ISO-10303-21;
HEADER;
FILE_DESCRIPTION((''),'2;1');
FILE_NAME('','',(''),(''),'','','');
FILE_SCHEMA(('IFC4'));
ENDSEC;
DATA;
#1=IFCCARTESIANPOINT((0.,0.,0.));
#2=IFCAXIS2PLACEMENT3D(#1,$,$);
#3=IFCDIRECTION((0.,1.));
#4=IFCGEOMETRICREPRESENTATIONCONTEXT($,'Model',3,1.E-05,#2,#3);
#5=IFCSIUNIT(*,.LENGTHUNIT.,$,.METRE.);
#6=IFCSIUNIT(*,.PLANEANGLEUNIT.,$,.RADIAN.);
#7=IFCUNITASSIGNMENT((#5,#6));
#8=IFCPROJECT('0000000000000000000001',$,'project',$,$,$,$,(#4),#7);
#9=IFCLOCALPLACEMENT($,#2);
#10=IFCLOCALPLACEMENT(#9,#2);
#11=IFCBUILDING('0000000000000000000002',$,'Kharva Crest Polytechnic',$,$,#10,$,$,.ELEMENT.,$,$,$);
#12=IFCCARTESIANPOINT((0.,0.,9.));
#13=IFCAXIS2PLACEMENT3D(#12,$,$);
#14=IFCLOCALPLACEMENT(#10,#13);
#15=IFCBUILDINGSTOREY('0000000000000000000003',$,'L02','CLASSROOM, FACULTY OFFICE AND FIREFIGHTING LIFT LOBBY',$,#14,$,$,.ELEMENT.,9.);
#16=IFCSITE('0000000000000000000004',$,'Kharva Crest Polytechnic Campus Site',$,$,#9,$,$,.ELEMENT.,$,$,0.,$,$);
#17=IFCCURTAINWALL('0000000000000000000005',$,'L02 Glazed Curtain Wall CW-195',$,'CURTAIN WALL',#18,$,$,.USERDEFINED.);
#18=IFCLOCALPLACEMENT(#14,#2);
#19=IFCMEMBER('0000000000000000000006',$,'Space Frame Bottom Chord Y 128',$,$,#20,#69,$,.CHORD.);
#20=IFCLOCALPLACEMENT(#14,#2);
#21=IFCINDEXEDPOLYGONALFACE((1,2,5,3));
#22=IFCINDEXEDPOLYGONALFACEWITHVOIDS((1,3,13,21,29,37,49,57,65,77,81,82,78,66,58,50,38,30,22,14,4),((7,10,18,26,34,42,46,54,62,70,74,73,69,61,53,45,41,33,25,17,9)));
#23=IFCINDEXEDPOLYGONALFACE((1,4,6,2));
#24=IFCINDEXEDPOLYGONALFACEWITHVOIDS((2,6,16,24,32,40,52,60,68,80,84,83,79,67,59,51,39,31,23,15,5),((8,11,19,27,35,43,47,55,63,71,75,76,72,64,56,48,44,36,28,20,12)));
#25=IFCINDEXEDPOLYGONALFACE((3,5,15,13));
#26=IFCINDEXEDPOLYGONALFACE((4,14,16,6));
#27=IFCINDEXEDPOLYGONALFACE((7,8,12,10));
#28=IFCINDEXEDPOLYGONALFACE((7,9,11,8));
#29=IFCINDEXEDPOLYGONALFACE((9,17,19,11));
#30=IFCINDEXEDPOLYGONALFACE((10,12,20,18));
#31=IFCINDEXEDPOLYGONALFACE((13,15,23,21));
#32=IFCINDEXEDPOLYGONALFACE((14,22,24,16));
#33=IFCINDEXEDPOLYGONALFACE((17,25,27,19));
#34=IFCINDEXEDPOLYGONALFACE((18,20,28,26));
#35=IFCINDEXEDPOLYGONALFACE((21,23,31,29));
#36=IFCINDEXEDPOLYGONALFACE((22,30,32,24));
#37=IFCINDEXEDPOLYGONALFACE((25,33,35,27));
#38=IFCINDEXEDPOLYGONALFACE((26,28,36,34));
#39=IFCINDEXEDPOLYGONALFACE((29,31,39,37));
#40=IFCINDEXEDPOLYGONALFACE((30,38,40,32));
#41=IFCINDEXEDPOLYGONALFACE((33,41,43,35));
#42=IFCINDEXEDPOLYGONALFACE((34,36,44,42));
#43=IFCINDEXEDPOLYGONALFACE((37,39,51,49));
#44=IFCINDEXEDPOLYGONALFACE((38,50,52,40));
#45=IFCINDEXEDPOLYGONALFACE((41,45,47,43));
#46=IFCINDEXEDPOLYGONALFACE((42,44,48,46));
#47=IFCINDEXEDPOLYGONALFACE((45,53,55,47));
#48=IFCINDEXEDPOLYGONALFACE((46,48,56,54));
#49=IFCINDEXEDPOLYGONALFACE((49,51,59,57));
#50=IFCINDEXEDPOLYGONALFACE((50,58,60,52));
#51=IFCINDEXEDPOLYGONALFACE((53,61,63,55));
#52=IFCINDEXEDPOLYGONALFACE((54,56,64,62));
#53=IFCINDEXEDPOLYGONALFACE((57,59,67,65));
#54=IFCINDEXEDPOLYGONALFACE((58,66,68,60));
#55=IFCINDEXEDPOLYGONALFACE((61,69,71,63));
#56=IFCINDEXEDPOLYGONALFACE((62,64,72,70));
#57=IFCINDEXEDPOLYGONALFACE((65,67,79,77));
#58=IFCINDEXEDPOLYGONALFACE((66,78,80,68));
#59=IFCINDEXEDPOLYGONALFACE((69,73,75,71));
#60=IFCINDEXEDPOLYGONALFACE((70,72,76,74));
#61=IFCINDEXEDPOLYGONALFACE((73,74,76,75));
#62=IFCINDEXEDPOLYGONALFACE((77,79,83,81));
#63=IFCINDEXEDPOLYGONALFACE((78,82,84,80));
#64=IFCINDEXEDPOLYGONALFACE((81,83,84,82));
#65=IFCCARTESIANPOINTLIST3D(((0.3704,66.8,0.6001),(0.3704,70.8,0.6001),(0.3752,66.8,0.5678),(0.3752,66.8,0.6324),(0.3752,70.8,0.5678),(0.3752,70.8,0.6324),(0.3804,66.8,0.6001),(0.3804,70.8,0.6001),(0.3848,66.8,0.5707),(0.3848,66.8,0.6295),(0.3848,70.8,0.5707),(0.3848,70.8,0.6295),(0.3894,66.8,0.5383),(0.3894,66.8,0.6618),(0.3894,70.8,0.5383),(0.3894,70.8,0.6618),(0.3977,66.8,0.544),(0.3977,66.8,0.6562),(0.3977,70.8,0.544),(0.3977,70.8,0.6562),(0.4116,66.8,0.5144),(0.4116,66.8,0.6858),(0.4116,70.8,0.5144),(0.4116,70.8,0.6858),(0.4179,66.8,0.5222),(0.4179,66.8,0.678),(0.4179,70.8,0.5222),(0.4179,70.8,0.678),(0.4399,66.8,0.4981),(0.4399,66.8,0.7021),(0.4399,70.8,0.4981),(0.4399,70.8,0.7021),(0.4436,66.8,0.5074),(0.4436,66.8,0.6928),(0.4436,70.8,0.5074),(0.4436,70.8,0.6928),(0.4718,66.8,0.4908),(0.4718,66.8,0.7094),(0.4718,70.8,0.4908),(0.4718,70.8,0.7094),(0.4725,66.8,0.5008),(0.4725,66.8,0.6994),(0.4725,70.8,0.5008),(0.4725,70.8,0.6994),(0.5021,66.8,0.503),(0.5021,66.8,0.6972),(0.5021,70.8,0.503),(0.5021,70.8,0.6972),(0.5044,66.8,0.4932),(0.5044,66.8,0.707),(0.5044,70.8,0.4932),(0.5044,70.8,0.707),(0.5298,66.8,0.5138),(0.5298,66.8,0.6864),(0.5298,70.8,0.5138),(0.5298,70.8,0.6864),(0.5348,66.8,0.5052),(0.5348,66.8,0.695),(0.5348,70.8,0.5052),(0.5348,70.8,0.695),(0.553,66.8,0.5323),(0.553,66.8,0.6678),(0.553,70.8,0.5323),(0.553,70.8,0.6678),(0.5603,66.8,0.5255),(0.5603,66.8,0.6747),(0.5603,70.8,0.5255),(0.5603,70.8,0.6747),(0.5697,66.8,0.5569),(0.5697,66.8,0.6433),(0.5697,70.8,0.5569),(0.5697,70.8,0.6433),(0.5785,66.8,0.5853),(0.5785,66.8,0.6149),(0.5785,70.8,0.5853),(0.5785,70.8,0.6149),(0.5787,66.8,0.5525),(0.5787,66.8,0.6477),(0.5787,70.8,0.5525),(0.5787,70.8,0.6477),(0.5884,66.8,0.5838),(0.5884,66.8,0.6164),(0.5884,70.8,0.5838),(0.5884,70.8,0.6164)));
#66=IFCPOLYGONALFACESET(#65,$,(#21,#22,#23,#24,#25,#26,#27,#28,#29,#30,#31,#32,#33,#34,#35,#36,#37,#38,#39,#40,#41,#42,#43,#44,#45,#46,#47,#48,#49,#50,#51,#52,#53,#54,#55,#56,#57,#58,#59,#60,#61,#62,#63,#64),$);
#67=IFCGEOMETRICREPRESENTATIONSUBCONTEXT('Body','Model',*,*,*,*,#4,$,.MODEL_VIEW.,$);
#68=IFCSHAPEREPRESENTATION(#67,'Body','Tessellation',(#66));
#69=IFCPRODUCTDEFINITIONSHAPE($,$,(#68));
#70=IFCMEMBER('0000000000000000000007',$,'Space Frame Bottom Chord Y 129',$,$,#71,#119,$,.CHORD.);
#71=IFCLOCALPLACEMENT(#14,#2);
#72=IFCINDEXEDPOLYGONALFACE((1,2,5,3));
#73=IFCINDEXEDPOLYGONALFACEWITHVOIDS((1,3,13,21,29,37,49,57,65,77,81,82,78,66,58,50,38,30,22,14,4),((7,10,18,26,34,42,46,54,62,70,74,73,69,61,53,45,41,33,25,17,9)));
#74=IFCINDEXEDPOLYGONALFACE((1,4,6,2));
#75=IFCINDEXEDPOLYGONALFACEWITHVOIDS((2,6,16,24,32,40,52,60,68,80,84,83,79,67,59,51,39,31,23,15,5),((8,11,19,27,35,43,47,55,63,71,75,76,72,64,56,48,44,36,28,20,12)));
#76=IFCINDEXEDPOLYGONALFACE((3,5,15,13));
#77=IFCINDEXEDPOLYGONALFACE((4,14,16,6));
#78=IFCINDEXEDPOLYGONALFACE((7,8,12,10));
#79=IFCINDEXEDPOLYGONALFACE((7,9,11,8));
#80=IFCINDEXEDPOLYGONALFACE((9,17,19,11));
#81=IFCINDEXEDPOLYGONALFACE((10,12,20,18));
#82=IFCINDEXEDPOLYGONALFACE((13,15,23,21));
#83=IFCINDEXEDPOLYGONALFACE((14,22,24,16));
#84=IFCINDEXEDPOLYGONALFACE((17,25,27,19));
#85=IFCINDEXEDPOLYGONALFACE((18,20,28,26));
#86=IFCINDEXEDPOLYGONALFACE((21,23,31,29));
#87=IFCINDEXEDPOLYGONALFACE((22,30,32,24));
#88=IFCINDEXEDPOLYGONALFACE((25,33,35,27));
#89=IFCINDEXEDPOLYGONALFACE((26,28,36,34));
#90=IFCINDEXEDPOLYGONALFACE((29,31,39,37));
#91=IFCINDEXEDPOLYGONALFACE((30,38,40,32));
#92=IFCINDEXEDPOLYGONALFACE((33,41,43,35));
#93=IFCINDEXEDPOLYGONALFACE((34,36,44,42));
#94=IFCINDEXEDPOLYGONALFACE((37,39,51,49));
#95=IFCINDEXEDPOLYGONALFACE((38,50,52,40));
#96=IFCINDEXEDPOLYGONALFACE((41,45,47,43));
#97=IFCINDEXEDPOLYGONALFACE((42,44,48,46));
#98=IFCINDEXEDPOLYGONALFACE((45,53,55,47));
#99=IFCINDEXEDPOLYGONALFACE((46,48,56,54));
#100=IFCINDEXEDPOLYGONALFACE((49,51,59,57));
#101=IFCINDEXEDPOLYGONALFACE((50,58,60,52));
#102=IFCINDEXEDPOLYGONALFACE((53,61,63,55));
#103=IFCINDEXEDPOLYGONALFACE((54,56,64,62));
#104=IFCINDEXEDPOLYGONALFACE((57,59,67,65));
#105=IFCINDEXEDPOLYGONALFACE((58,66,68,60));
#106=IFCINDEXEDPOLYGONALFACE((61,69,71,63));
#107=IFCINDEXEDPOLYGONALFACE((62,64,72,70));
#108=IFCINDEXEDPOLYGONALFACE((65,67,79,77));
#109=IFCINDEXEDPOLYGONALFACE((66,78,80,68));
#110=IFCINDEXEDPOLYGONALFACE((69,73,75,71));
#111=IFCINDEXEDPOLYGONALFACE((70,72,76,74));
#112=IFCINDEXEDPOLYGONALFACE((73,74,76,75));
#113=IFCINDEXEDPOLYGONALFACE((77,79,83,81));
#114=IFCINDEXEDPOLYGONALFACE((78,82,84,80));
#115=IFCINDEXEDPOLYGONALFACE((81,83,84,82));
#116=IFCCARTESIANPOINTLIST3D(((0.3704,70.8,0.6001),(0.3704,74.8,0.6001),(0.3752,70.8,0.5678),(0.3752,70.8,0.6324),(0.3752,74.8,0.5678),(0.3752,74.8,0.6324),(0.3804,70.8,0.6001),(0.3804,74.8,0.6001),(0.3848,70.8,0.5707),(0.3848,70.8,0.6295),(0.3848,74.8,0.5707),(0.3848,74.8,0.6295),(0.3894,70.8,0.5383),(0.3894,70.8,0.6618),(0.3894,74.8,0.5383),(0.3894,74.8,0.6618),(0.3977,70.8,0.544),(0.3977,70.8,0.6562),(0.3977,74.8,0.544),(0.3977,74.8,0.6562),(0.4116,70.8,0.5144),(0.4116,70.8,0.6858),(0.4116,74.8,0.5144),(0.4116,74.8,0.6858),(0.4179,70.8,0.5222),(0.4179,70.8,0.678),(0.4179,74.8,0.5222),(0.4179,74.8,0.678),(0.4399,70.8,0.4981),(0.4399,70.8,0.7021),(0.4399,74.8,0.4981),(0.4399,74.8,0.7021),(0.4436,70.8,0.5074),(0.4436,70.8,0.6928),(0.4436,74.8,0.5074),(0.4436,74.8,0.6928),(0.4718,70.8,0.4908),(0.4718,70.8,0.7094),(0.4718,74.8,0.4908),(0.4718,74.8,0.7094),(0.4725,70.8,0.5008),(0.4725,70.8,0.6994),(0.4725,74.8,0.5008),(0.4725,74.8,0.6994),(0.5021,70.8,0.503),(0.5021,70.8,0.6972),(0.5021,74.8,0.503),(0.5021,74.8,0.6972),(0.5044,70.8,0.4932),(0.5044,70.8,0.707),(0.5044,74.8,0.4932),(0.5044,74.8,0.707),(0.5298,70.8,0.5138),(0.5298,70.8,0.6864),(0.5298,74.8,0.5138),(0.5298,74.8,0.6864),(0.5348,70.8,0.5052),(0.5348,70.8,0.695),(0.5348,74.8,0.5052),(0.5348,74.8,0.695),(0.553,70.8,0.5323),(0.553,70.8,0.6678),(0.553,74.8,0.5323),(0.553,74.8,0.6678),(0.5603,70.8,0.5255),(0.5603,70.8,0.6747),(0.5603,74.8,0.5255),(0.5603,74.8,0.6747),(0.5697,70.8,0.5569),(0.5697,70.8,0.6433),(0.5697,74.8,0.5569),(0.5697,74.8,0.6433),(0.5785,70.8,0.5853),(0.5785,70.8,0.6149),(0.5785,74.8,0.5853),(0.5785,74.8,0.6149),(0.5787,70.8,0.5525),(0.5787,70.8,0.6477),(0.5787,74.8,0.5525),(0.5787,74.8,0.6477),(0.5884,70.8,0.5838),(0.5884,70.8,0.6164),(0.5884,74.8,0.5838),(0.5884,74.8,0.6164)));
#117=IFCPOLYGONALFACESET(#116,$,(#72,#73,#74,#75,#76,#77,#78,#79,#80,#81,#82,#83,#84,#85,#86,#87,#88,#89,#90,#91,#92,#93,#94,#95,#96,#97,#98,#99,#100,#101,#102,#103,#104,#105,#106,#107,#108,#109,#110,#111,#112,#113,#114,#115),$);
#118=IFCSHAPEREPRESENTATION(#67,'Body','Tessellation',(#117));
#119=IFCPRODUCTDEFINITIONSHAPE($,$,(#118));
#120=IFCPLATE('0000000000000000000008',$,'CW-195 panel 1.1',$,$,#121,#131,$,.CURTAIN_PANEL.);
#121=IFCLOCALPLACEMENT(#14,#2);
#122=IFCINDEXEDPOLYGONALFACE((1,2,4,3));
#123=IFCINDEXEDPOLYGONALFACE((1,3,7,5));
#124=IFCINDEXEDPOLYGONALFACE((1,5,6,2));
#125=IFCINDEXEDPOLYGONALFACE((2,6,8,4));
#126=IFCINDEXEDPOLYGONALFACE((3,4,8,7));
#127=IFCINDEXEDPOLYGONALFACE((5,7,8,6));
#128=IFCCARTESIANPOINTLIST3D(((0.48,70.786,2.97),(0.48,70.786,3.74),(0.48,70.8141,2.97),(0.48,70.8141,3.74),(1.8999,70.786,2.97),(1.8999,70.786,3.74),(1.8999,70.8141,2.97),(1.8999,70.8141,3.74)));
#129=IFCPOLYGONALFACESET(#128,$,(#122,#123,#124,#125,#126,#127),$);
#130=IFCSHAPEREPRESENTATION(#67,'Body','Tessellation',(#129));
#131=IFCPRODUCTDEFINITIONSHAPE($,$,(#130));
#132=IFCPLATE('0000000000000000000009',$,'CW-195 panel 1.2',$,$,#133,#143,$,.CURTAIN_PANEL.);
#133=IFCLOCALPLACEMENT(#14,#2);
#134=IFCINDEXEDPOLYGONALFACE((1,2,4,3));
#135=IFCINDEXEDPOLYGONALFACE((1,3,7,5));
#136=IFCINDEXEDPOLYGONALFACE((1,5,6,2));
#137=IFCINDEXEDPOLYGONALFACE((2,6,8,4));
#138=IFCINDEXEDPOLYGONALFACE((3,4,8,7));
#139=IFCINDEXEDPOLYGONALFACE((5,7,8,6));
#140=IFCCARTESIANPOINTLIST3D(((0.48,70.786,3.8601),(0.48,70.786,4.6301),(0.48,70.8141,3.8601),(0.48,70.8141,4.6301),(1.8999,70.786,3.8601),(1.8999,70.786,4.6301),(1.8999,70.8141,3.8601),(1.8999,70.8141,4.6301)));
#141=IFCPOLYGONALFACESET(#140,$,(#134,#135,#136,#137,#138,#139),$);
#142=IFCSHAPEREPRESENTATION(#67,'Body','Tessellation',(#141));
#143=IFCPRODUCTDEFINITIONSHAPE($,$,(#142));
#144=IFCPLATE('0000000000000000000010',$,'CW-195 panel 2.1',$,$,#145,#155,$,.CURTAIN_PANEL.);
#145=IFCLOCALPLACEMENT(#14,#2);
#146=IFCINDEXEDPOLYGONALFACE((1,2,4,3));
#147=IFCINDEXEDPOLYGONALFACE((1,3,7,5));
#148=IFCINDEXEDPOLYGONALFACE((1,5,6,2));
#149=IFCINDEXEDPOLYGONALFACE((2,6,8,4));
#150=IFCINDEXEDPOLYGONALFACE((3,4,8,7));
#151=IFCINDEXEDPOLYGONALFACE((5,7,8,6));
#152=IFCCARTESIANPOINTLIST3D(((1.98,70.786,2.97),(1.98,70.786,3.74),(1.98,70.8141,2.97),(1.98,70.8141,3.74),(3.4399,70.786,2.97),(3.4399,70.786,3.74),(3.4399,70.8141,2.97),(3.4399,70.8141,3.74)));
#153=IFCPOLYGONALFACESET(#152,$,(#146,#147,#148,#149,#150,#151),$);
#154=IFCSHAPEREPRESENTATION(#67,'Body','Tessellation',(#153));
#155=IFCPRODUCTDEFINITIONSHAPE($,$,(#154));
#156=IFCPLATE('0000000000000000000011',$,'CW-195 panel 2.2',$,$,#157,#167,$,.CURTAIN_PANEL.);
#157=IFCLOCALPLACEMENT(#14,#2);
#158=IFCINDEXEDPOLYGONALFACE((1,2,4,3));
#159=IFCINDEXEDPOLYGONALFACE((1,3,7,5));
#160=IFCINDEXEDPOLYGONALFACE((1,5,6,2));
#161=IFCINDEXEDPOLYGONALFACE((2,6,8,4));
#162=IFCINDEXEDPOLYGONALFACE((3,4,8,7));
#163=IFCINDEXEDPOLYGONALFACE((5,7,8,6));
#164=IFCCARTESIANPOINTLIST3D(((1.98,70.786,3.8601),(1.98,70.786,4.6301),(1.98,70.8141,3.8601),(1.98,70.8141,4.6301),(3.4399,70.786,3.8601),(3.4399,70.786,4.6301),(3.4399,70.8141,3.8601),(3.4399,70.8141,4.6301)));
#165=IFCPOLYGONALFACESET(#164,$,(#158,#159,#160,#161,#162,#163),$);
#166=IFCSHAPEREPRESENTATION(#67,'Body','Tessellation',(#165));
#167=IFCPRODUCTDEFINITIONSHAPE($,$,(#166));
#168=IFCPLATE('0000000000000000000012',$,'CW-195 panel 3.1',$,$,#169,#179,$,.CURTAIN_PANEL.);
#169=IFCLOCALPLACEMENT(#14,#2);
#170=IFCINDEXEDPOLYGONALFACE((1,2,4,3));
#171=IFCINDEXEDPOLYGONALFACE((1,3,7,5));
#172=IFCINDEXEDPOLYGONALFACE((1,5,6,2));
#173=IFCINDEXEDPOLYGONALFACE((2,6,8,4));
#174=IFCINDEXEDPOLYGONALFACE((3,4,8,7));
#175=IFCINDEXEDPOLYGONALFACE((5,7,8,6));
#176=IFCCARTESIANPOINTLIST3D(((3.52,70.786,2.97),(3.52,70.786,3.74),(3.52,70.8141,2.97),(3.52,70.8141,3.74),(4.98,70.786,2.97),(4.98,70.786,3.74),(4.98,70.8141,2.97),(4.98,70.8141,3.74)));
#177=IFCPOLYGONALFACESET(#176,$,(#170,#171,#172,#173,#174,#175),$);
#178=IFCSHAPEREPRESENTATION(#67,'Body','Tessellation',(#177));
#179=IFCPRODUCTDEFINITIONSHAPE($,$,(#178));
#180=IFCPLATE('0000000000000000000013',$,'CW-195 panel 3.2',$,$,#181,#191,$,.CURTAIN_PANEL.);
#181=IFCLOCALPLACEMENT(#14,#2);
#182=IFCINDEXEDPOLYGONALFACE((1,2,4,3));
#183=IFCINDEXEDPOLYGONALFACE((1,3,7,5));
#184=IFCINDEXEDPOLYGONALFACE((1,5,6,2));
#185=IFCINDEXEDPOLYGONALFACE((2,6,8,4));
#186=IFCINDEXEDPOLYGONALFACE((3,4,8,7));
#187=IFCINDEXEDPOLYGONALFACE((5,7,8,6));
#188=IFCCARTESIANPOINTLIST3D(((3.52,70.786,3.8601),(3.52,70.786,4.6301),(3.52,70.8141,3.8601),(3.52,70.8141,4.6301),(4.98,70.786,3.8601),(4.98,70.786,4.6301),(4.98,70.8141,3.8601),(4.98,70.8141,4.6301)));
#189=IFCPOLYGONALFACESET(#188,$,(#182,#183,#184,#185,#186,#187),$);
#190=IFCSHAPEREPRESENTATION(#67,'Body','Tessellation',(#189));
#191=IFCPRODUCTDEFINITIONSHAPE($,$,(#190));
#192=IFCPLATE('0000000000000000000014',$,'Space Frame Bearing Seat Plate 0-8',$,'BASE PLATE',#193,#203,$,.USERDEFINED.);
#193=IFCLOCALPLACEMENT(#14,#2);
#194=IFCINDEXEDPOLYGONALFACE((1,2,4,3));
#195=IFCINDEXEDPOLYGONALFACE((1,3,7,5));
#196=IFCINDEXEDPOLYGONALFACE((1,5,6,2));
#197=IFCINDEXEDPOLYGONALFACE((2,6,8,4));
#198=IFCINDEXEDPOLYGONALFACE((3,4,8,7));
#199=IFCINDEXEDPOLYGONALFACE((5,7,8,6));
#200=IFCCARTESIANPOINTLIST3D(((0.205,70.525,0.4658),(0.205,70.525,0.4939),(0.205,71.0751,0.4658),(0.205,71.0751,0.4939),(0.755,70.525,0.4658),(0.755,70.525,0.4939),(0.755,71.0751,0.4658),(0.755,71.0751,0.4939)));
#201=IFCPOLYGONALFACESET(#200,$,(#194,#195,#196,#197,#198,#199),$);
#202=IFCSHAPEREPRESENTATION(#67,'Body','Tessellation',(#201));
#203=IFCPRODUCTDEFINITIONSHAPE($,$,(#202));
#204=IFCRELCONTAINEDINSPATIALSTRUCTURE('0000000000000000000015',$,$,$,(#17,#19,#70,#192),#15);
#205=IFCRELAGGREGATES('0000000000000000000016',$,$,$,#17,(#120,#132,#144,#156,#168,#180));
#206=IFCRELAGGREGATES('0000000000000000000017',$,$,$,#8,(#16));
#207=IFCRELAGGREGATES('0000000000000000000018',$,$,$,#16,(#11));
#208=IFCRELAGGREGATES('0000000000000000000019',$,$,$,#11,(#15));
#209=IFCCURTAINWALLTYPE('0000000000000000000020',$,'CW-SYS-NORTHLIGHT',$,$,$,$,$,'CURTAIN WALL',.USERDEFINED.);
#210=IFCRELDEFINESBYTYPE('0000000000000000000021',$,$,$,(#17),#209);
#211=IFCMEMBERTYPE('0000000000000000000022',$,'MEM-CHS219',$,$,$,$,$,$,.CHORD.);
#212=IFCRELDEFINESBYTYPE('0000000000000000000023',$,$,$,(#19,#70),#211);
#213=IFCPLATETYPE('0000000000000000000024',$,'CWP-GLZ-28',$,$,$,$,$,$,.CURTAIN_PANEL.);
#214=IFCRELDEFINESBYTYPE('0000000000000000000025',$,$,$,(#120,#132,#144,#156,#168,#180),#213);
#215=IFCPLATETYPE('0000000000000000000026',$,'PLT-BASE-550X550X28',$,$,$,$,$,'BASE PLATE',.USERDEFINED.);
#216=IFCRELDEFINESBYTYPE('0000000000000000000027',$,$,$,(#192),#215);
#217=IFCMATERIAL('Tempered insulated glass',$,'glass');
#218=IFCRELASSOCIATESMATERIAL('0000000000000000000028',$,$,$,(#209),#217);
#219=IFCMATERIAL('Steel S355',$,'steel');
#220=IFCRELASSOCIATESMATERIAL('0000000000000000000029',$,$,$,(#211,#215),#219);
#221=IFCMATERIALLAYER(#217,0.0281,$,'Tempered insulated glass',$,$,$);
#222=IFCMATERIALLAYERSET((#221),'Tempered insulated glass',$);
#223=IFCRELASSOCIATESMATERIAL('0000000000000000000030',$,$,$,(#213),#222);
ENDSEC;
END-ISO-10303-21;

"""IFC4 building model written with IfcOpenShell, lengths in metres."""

from ifc_helpers import new_model, si_unit, direction, frame, origin, origin_2d, place, context, subcontext, project, spatial, rectangle, hollow_circle, extrude, material, layer, layer_set, material_profile, profile_set, type_object, element, aggregate, save


model = new_model("IFC4")

# Units and contexts
model_context = context("Model", 3, precision=1e-05, world=origin(), true_north=direction((0.0, 1.0)))
body_context = subcontext(model_context, "Body", "Model", "MODEL_VIEW")
ifc_project = project(units=[si_unit("LENGTHUNIT", "METRE"), si_unit("PLANEANGLEUNIT", "RADIAN")], contexts=[model_context])

# Site, building, storey
site_placement = place(None, origin())
site = spatial("IfcSite", under=ifc_project, at=site_placement, Name="Kharva Crest Polytechnic Campus Site", CompositionType="ELEMENT", RefElevation=0.0)
building_placement = place(site_placement, origin())
building = spatial("IfcBuilding", under=site, at=building_placement, Name="Kharva Crest Polytechnic", CompositionType="ELEMENT")
storey_placement = place(building_placement, frame((0.0, 0.0, 9.0)))
storey = spatial("IfcBuildingStorey", under=building, at=storey_placement, Name="L02", Description="CLASSROOM, FACULTY OFFICE AND FIREFIGHTING LIFT LOBBY", CompositionType="ELEMENT", Elevation=9.0)

# Curtain wall
ifc_material_1 = material(Name="Tempered insulated glass", Category="glass")
curtain_wall_type = type_object("IfcCurtainWallType", Name="CW-SYS-NORTHLIGHT", ElementType="CURTAIN WALL", PredefinedType="USERDEFINED", material=ifc_material_1)
curtain_wall_placement = place(storey_placement, origin())
curtain_wall = element("IfcCurtainWall", 1, at=curtain_wall_placement, inside=storey, type_object=curtain_wall_type, Name="L02 Glazed Curtain Wall CW-195", ObjectType="CURTAIN WALL", PredefinedType="USERDEFINED")
ifc_material_2 = material(Name="Steel S355", Category="steel")

# Members
ifc_material_profile_1 = material_profile(ifc_material_2, hollow_circle(Radius=0.1096, WallThickness=0.01, at=origin_2d()), Name="CHS 219.1X10.0")
ifc_profile_set_1 = profile_set([ifc_material_profile_1], Name="Steel S355")
member_type_1 = type_object("IfcMemberType", Name="MEM-CHS219", PredefinedType="CHORD", material=ifc_profile_set_1)
for number, where, z_axis, x_axis, name in (
    (2, (0.48, 66.8, 0.6001), (0.0, 1.0, 0.0), (-1.0, 0.0, 0.0), "Space Frame Bottom Chord Y 128"),
    (3, (0.48, 70.8, 0.6001), (0.0, 1.0, 0.0), (-1.0, 0.0, 0.0), "Space Frame Bottom Chord Y 129"),
):
    element("IfcMember", number, at=place(storey_placement, frame(where, z_axis=z_axis, x_axis=x_axis)), inside=storey, type_object=member_type_1, Name=name, PredefinedType="CHORD", context=body_context, shape_type="SweptSolid", body=[
        extrude(hollow_circle(Radius=0.1096, WallThickness=0.01, at=origin_2d()), origin(), (0.0, 0.0, 1.0), 4.0),
    ])

# Plates
ifc_layer = layer(ifc_material_1, 0.0281, Name="Tempered insulated glass")
ifc_layer_set = layer_set([ifc_layer], Name="Tempered insulated glass")
plate_type_1 = type_object("IfcPlateType", Name="CWP-GLZ-28", PredefinedType="CURTAIN_PANEL", material=ifc_layer_set)
plate_1_placement = place(storey_placement, frame((1.1899, 70.8, 2.97), z_axis=(0.0, 0.0, 1.0), x_axis=(1.0, 0.0, 0.0)))
plate_1 = element("IfcPlate", 4, at=plate_1_placement, type_object=plate_type_1, Name="CW-195 panel 1.1", PredefinedType="CURTAIN_PANEL", context=body_context, shape_type="SweptSolid", body=[
    extrude(rectangle(XDim=1.4199, YDim=0.0281, at=origin_2d()), origin(), (0.0, 0.0, 1.0), 0.77),
])
plate_2_placement = place(storey_placement, frame((1.1899, 70.8, 3.8601), z_axis=(0.0, 0.0, 1.0), x_axis=(1.0, 0.0, 0.0)))
plate_2 = element("IfcPlate", 5, at=plate_2_placement, type_object=plate_type_1, Name="CW-195 panel 1.2", PredefinedType="CURTAIN_PANEL", context=body_context, shape_type="SweptSolid", body=[
    extrude(rectangle(XDim=1.4199, YDim=0.0281, at=origin_2d()), origin(), (0.0, 0.0, 1.0), 0.77),
])
plate_3_placement = place(storey_placement, frame((2.71, 70.8, 2.97), z_axis=(0.0, 0.0, 1.0), x_axis=(1.0, 0.0, 0.0)))
plate_3 = element("IfcPlate", 6, at=plate_3_placement, type_object=plate_type_1, Name="CW-195 panel 2.1", PredefinedType="CURTAIN_PANEL", context=body_context, shape_type="SweptSolid", body=[
    extrude(rectangle(XDim=1.46, YDim=0.0281, at=origin_2d()), origin(), (0.0, 0.0, 1.0), 0.77),
])
plate_4_placement = place(storey_placement, frame((2.71, 70.8, 3.8601), z_axis=(0.0, 0.0, 1.0), x_axis=(1.0, 0.0, 0.0)))
plate_4 = element("IfcPlate", 7, at=plate_4_placement, type_object=plate_type_1, Name="CW-195 panel 2.2", PredefinedType="CURTAIN_PANEL", context=body_context, shape_type="SweptSolid", body=[
    extrude(rectangle(XDim=1.46, YDim=0.0281, at=origin_2d()), origin(), (0.0, 0.0, 1.0), 0.77),
])
plate_5_placement = place(storey_placement, frame((4.25, 70.8, 2.97), z_axis=(0.0, 0.0, 1.0), x_axis=(1.0, 0.0, 0.0)))
plate_5 = element("IfcPlate", 8, at=plate_5_placement, type_object=plate_type_1, Name="CW-195 panel 3.1", PredefinedType="CURTAIN_PANEL", context=body_context, shape_type="SweptSolid", body=[
    extrude(rectangle(XDim=1.46, YDim=0.0281, at=origin_2d()), origin(), (0.0, 0.0, 1.0), 0.77),
])
plate_6_placement = place(storey_placement, frame((4.25, 70.8, 3.8601), z_axis=(0.0, 0.0, 1.0), x_axis=(1.0, 0.0, 0.0)))
plate_6 = element("IfcPlate", 9, at=plate_6_placement, type_object=plate_type_1, Name="CW-195 panel 3.2", PredefinedType="CURTAIN_PANEL", context=body_context, shape_type="SweptSolid", body=[
    extrude(rectangle(XDim=1.46, YDim=0.0281, at=origin_2d()), origin(), (0.0, 0.0, 1.0), 0.77),
])
aggregate(curtain_wall, [plate_1, plate_2, plate_3, plate_4, plate_5, plate_6])

# Plate
plate_type_2 = type_object("IfcPlateType", Name="PLT-BASE-550X550X28", ElementType="BASE PLATE", PredefinedType="USERDEFINED", material=ifc_material_2)
plate_7_placement = place(storey_placement, frame((0.48, 70.8, 0.4658), z_axis=(0.0, 0.0, 1.0), x_axis=(1.0, 0.0, 0.0)))
element("IfcPlate", 10, at=plate_7_placement, inside=storey, type_object=plate_type_2, Name="Space Frame Bearing Seat Plate 0-8", ObjectType="BASE PLATE", PredefinedType="USERDEFINED", context=body_context, shape_type="SweptSolid", body=[
    extrude(rectangle(XDim=0.55, YDim=0.55, at=origin_2d()), origin(), (0.0, 0.0, 1.0), 0.0281),
])

save(model, "model.ifc")
